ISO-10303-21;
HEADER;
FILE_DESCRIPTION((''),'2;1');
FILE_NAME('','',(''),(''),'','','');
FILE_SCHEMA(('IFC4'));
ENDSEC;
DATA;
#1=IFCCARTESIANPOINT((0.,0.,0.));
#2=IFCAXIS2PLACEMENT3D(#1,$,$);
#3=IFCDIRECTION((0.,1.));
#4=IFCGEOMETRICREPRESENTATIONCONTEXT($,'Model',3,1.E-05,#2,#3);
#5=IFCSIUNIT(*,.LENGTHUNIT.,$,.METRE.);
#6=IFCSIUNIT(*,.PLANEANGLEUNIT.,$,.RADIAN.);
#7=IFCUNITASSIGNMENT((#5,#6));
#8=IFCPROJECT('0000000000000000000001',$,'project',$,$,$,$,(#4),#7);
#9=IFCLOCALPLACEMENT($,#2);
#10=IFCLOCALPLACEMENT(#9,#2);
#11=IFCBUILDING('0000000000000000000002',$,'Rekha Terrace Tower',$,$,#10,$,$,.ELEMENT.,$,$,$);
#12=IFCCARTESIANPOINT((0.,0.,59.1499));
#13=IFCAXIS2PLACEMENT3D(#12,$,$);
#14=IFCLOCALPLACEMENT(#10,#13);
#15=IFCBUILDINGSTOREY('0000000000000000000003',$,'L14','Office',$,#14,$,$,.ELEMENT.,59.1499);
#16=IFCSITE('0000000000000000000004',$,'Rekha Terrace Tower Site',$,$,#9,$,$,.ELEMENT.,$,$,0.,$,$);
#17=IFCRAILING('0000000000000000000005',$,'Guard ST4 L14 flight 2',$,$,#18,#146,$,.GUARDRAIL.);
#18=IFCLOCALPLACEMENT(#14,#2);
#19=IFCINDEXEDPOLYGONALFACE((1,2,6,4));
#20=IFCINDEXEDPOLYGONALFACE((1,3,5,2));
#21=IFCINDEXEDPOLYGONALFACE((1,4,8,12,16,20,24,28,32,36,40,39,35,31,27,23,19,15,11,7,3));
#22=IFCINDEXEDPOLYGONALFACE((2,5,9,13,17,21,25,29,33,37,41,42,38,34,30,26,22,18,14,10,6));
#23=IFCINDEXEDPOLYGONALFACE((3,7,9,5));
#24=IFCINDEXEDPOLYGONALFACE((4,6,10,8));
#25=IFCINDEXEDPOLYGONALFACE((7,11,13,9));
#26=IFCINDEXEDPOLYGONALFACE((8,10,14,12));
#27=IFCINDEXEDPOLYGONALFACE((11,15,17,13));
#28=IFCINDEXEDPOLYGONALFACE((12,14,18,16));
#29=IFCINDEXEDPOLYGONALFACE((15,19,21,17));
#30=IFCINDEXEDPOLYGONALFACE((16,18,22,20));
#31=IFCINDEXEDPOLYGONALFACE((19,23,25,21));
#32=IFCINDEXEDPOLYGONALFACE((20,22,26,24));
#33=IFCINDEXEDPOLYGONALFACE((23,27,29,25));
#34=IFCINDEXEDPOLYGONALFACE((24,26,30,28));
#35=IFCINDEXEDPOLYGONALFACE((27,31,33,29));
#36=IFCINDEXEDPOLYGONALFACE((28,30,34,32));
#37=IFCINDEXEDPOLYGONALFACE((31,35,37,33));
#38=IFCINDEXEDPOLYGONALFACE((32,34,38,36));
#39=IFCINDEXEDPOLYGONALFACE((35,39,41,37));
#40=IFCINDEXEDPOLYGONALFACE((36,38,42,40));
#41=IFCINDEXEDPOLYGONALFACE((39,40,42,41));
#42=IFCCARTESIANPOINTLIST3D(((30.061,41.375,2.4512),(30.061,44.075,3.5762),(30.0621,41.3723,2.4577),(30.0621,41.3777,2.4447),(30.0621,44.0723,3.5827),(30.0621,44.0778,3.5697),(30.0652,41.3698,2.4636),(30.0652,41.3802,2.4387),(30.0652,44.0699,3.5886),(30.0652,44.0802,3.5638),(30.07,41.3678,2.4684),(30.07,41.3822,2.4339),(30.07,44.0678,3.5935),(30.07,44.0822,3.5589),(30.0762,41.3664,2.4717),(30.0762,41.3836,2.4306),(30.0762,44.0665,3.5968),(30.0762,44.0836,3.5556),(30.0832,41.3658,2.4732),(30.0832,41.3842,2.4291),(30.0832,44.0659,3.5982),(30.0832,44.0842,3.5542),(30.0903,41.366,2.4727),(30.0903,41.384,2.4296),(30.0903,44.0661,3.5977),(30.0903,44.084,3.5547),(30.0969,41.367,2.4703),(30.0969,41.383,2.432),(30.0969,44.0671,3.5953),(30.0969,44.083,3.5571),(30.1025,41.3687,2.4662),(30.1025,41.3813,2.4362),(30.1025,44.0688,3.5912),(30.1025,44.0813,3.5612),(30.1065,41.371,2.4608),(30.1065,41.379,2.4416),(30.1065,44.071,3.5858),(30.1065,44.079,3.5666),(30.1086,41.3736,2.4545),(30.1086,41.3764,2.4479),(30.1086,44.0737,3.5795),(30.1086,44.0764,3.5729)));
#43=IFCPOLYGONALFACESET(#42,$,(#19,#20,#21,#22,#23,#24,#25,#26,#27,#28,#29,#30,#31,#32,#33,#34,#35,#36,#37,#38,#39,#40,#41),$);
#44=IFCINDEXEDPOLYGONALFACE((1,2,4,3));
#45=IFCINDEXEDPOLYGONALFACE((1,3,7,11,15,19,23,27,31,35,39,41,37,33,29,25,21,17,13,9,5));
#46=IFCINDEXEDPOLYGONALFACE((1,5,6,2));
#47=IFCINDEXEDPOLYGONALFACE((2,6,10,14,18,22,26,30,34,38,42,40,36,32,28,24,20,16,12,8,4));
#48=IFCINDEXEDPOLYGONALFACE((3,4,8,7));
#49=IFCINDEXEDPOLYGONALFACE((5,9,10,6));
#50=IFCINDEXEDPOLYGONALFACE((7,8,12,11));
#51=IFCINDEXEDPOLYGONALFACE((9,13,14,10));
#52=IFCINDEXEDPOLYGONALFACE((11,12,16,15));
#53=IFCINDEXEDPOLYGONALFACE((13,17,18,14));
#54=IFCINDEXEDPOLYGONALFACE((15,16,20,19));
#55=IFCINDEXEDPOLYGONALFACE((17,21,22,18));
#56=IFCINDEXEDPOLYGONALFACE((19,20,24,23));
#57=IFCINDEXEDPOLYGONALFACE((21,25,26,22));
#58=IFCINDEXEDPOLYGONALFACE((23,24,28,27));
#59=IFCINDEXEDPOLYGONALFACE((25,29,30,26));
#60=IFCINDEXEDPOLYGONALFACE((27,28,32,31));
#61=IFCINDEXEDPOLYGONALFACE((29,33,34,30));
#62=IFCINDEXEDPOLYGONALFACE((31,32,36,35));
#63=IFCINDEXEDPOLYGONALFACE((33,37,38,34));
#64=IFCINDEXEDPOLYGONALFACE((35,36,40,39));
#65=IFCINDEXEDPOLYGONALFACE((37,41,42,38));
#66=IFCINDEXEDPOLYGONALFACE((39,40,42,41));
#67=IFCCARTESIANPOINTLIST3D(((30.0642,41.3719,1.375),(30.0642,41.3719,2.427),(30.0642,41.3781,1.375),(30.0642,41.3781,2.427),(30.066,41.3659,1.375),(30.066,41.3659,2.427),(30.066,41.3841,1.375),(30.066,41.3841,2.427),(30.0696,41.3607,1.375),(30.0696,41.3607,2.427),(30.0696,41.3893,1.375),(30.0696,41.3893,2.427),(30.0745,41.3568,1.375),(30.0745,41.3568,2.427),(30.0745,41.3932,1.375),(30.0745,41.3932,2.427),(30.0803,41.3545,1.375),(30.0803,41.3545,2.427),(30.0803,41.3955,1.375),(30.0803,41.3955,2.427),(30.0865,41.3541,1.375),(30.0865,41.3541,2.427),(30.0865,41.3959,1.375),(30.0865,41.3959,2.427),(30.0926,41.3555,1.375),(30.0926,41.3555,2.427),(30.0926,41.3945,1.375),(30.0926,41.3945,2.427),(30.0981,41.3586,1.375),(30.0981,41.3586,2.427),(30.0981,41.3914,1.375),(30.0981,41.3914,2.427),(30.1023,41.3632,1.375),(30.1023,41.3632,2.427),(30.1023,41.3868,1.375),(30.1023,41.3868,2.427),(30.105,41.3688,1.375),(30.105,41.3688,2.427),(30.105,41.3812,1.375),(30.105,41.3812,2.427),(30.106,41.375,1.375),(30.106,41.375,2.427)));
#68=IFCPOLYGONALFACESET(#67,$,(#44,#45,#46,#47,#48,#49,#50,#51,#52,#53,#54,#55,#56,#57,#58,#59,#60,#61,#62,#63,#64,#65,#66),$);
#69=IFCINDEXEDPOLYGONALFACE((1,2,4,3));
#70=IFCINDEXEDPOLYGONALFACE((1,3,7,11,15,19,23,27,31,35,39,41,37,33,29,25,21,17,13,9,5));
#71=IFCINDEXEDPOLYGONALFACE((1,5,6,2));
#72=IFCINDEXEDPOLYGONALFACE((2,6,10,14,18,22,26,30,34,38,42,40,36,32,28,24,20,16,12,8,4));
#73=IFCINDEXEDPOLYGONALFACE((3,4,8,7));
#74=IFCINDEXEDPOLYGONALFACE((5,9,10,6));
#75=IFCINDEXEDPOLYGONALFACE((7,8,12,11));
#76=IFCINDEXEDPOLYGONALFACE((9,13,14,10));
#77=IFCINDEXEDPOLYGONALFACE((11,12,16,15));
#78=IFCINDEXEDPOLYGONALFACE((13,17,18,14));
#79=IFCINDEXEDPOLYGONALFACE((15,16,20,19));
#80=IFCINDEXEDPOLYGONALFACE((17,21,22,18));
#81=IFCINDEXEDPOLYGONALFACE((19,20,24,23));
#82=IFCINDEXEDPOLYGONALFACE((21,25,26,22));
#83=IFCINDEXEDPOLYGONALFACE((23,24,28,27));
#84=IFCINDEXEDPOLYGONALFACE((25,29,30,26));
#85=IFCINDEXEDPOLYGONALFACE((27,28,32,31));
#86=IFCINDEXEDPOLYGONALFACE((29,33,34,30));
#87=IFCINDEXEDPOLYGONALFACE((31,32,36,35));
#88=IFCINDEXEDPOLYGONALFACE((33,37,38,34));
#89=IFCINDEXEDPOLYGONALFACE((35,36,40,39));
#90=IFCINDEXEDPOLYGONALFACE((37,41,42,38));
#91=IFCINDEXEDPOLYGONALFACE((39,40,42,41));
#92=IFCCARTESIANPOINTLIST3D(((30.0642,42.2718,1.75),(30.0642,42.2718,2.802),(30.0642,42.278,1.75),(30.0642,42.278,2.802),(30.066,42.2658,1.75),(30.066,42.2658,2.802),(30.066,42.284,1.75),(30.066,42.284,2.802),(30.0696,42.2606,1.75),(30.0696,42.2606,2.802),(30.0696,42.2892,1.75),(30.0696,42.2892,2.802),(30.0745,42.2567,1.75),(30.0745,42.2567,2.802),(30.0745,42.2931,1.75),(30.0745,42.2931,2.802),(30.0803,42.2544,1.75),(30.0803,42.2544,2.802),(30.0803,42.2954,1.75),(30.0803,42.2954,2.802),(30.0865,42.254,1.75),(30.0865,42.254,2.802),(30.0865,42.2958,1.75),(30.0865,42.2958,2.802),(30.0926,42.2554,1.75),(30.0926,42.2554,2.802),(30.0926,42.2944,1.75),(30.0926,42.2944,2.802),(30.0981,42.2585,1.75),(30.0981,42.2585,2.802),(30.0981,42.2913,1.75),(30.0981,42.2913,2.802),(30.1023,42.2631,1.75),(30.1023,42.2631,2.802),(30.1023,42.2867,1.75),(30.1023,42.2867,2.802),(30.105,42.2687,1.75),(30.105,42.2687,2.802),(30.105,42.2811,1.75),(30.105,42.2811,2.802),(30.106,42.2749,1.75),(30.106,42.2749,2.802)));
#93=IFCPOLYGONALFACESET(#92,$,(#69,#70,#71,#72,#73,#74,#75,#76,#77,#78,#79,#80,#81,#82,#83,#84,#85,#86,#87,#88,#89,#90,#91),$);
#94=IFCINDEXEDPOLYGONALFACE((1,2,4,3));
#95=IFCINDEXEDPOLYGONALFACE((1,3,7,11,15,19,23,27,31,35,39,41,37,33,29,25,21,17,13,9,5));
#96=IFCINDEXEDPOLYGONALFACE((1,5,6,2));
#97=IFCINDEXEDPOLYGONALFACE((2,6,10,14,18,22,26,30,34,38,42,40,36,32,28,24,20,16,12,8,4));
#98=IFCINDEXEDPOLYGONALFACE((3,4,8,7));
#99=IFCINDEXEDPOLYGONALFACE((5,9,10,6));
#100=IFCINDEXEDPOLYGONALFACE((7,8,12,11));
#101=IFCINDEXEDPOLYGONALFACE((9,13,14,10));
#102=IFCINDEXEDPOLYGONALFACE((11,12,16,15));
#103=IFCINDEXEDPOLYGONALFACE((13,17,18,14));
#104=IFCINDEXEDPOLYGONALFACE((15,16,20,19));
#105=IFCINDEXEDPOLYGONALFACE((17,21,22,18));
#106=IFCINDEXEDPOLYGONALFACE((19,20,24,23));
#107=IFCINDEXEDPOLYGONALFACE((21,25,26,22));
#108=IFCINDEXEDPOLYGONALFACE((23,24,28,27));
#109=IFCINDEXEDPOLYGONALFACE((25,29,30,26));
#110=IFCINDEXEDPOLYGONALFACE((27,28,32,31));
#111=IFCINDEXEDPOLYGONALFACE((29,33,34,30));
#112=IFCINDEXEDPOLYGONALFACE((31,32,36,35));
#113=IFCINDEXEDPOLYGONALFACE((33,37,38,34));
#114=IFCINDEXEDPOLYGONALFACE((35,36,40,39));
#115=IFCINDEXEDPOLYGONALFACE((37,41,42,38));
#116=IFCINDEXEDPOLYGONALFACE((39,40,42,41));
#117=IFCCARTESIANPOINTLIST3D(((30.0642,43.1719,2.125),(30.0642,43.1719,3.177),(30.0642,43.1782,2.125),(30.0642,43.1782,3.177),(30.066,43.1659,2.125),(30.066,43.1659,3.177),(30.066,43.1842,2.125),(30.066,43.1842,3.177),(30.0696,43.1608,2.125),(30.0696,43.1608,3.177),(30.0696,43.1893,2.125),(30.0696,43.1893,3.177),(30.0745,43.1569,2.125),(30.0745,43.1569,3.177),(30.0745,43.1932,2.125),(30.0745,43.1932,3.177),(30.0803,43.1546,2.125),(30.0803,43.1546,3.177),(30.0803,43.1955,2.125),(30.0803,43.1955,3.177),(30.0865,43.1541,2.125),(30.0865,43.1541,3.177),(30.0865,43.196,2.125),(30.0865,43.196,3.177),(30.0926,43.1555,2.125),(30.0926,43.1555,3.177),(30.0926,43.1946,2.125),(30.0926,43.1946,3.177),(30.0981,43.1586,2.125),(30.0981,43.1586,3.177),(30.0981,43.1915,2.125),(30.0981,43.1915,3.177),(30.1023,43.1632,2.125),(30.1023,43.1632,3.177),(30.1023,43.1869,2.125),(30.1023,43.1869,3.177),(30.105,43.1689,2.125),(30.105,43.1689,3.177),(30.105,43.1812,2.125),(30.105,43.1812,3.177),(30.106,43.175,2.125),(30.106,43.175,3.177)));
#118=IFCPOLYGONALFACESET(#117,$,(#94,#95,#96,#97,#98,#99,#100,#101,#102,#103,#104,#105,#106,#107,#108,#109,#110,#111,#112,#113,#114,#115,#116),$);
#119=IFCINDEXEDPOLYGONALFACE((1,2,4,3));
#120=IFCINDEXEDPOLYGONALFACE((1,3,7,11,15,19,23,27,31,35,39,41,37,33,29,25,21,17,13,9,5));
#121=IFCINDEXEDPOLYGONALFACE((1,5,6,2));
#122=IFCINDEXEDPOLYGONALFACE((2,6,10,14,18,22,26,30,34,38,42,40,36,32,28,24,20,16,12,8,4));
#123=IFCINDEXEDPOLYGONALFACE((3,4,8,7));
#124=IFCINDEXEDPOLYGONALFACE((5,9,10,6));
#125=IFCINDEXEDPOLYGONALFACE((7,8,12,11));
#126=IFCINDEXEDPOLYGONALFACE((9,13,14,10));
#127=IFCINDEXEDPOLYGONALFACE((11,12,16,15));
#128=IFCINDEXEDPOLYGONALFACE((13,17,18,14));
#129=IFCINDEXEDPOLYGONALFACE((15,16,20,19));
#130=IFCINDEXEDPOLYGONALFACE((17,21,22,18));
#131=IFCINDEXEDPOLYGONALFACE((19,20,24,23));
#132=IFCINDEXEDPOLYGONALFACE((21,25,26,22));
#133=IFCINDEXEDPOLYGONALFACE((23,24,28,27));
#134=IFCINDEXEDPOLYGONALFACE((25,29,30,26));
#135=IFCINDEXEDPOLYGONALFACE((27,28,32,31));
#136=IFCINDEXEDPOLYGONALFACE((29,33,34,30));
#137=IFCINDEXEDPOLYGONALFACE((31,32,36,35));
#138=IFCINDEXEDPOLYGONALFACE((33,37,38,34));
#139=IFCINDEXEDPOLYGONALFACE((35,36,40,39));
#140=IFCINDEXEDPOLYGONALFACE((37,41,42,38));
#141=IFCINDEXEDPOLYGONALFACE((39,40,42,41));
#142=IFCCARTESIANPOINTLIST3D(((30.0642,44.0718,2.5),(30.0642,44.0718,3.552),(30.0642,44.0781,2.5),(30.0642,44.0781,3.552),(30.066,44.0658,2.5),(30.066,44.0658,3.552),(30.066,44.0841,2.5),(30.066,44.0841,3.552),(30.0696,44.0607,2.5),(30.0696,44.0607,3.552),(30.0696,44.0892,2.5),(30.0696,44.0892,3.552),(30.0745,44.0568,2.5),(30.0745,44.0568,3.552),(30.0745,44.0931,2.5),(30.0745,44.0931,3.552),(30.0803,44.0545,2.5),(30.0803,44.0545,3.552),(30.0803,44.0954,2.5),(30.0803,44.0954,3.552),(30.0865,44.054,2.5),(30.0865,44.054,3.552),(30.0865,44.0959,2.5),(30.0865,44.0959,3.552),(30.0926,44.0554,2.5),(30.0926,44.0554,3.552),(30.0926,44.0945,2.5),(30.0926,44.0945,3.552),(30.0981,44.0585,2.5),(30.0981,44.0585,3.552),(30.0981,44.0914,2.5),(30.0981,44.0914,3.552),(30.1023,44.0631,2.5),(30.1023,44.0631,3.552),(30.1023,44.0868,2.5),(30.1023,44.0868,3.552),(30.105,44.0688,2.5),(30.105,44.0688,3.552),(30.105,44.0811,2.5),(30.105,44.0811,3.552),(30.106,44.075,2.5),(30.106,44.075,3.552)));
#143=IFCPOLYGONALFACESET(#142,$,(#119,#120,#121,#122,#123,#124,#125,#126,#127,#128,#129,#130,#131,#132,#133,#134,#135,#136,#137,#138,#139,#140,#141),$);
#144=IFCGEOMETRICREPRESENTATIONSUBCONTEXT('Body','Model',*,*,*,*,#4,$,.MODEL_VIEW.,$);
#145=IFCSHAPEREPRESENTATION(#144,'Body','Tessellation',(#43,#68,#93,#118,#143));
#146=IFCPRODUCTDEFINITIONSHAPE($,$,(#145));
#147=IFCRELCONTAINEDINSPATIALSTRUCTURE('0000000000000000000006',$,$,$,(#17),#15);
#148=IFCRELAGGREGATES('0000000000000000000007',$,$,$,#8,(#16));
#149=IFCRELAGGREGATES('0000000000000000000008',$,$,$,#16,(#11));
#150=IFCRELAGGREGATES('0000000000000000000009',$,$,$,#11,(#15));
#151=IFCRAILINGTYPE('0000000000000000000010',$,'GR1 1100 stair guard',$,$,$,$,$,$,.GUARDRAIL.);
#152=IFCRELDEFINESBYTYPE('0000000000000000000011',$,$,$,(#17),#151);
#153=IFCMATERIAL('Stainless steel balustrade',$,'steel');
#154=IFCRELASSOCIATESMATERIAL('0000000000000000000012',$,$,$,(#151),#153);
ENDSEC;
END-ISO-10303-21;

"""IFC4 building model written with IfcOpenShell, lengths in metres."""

from ifc_helpers import new_model, si_unit, direction, frame, origin, origin_2d, place, context, subcontext, project, spatial, circle, extrude, material, type_object, element, save


model = new_model("IFC4")

# Units and contexts
model_context = context("Model", 3, precision=1e-05, world=origin(), true_north=direction((0.0, 1.0)))
body_context = subcontext(model_context, "Body", "Model", "MODEL_VIEW")
ifc_project = project(units=[si_unit("LENGTHUNIT", "METRE"), si_unit("PLANEANGLEUNIT", "RADIAN")], contexts=[model_context])

# Site, building, storey
site_placement = place(None, origin())
site = spatial("IfcSite", under=ifc_project, at=site_placement, Name="Rekha Terrace Tower Site", CompositionType="ELEMENT", RefElevation=0.0)
building_placement = place(site_placement, origin())
building = spatial("IfcBuilding", under=site, at=building_placement, Name="Rekha Terrace Tower", CompositionType="ELEMENT")
storey_placement = place(building_placement, frame((0.0, 0.0, 59.1499)))
storey = spatial("IfcBuildingStorey", under=building, at=storey_placement, Name="L14", Description="Office", CompositionType="ELEMENT", Elevation=59.1499)

# Railing
ifc_material_1 = material(Name="Stainless steel balustrade", Category="steel")
railing_type_1 = type_object("IfcRailingType", Name="GR1 1100 stair guard", PredefinedType="GUARDRAIL", material=ifc_material_1)
railing_1_placement = place(storey_placement, frame((30.085, 41.375, 1.375)))
element("IfcRailing", 1, at=railing_1_placement, inside=storey, type_object=railing_type_1, Name="Guard ST4 L14 flight 2", PredefinedType="GUARDRAIL", context=body_context, shape_type="SweptSolid", body=[
    extrude(circle(Radius=0.0239, at=origin_2d()), frame((0.0, 0.0, 1.0762), z_axis=(0.0, 0.923074, 0.384621), x_axis=(-1.0, 0.0, 0.0)), (0.0, 0.0, 1.0), 2.925),
    extrude(circle(Radius=0.021, at=origin_2d()), origin(), (0.0, 0.0, 1.0), 1.052),
    extrude(circle(Radius=0.021, at=origin_2d()), frame((0.0, 0.8999, 0.375)), (0.0, 0.0, 1.0), 1.052),
    extrude(circle(Radius=0.021, at=origin_2d()), frame((0.0, 1.8, 0.75)), (0.0, 0.0, 1.0), 1.052),
    extrude(circle(Radius=0.021, at=origin_2d()), frame((0.0, 2.7, 1.125)), (0.0, 0.0, 1.0), 1.052),
])

save(model, "model.ifc")
